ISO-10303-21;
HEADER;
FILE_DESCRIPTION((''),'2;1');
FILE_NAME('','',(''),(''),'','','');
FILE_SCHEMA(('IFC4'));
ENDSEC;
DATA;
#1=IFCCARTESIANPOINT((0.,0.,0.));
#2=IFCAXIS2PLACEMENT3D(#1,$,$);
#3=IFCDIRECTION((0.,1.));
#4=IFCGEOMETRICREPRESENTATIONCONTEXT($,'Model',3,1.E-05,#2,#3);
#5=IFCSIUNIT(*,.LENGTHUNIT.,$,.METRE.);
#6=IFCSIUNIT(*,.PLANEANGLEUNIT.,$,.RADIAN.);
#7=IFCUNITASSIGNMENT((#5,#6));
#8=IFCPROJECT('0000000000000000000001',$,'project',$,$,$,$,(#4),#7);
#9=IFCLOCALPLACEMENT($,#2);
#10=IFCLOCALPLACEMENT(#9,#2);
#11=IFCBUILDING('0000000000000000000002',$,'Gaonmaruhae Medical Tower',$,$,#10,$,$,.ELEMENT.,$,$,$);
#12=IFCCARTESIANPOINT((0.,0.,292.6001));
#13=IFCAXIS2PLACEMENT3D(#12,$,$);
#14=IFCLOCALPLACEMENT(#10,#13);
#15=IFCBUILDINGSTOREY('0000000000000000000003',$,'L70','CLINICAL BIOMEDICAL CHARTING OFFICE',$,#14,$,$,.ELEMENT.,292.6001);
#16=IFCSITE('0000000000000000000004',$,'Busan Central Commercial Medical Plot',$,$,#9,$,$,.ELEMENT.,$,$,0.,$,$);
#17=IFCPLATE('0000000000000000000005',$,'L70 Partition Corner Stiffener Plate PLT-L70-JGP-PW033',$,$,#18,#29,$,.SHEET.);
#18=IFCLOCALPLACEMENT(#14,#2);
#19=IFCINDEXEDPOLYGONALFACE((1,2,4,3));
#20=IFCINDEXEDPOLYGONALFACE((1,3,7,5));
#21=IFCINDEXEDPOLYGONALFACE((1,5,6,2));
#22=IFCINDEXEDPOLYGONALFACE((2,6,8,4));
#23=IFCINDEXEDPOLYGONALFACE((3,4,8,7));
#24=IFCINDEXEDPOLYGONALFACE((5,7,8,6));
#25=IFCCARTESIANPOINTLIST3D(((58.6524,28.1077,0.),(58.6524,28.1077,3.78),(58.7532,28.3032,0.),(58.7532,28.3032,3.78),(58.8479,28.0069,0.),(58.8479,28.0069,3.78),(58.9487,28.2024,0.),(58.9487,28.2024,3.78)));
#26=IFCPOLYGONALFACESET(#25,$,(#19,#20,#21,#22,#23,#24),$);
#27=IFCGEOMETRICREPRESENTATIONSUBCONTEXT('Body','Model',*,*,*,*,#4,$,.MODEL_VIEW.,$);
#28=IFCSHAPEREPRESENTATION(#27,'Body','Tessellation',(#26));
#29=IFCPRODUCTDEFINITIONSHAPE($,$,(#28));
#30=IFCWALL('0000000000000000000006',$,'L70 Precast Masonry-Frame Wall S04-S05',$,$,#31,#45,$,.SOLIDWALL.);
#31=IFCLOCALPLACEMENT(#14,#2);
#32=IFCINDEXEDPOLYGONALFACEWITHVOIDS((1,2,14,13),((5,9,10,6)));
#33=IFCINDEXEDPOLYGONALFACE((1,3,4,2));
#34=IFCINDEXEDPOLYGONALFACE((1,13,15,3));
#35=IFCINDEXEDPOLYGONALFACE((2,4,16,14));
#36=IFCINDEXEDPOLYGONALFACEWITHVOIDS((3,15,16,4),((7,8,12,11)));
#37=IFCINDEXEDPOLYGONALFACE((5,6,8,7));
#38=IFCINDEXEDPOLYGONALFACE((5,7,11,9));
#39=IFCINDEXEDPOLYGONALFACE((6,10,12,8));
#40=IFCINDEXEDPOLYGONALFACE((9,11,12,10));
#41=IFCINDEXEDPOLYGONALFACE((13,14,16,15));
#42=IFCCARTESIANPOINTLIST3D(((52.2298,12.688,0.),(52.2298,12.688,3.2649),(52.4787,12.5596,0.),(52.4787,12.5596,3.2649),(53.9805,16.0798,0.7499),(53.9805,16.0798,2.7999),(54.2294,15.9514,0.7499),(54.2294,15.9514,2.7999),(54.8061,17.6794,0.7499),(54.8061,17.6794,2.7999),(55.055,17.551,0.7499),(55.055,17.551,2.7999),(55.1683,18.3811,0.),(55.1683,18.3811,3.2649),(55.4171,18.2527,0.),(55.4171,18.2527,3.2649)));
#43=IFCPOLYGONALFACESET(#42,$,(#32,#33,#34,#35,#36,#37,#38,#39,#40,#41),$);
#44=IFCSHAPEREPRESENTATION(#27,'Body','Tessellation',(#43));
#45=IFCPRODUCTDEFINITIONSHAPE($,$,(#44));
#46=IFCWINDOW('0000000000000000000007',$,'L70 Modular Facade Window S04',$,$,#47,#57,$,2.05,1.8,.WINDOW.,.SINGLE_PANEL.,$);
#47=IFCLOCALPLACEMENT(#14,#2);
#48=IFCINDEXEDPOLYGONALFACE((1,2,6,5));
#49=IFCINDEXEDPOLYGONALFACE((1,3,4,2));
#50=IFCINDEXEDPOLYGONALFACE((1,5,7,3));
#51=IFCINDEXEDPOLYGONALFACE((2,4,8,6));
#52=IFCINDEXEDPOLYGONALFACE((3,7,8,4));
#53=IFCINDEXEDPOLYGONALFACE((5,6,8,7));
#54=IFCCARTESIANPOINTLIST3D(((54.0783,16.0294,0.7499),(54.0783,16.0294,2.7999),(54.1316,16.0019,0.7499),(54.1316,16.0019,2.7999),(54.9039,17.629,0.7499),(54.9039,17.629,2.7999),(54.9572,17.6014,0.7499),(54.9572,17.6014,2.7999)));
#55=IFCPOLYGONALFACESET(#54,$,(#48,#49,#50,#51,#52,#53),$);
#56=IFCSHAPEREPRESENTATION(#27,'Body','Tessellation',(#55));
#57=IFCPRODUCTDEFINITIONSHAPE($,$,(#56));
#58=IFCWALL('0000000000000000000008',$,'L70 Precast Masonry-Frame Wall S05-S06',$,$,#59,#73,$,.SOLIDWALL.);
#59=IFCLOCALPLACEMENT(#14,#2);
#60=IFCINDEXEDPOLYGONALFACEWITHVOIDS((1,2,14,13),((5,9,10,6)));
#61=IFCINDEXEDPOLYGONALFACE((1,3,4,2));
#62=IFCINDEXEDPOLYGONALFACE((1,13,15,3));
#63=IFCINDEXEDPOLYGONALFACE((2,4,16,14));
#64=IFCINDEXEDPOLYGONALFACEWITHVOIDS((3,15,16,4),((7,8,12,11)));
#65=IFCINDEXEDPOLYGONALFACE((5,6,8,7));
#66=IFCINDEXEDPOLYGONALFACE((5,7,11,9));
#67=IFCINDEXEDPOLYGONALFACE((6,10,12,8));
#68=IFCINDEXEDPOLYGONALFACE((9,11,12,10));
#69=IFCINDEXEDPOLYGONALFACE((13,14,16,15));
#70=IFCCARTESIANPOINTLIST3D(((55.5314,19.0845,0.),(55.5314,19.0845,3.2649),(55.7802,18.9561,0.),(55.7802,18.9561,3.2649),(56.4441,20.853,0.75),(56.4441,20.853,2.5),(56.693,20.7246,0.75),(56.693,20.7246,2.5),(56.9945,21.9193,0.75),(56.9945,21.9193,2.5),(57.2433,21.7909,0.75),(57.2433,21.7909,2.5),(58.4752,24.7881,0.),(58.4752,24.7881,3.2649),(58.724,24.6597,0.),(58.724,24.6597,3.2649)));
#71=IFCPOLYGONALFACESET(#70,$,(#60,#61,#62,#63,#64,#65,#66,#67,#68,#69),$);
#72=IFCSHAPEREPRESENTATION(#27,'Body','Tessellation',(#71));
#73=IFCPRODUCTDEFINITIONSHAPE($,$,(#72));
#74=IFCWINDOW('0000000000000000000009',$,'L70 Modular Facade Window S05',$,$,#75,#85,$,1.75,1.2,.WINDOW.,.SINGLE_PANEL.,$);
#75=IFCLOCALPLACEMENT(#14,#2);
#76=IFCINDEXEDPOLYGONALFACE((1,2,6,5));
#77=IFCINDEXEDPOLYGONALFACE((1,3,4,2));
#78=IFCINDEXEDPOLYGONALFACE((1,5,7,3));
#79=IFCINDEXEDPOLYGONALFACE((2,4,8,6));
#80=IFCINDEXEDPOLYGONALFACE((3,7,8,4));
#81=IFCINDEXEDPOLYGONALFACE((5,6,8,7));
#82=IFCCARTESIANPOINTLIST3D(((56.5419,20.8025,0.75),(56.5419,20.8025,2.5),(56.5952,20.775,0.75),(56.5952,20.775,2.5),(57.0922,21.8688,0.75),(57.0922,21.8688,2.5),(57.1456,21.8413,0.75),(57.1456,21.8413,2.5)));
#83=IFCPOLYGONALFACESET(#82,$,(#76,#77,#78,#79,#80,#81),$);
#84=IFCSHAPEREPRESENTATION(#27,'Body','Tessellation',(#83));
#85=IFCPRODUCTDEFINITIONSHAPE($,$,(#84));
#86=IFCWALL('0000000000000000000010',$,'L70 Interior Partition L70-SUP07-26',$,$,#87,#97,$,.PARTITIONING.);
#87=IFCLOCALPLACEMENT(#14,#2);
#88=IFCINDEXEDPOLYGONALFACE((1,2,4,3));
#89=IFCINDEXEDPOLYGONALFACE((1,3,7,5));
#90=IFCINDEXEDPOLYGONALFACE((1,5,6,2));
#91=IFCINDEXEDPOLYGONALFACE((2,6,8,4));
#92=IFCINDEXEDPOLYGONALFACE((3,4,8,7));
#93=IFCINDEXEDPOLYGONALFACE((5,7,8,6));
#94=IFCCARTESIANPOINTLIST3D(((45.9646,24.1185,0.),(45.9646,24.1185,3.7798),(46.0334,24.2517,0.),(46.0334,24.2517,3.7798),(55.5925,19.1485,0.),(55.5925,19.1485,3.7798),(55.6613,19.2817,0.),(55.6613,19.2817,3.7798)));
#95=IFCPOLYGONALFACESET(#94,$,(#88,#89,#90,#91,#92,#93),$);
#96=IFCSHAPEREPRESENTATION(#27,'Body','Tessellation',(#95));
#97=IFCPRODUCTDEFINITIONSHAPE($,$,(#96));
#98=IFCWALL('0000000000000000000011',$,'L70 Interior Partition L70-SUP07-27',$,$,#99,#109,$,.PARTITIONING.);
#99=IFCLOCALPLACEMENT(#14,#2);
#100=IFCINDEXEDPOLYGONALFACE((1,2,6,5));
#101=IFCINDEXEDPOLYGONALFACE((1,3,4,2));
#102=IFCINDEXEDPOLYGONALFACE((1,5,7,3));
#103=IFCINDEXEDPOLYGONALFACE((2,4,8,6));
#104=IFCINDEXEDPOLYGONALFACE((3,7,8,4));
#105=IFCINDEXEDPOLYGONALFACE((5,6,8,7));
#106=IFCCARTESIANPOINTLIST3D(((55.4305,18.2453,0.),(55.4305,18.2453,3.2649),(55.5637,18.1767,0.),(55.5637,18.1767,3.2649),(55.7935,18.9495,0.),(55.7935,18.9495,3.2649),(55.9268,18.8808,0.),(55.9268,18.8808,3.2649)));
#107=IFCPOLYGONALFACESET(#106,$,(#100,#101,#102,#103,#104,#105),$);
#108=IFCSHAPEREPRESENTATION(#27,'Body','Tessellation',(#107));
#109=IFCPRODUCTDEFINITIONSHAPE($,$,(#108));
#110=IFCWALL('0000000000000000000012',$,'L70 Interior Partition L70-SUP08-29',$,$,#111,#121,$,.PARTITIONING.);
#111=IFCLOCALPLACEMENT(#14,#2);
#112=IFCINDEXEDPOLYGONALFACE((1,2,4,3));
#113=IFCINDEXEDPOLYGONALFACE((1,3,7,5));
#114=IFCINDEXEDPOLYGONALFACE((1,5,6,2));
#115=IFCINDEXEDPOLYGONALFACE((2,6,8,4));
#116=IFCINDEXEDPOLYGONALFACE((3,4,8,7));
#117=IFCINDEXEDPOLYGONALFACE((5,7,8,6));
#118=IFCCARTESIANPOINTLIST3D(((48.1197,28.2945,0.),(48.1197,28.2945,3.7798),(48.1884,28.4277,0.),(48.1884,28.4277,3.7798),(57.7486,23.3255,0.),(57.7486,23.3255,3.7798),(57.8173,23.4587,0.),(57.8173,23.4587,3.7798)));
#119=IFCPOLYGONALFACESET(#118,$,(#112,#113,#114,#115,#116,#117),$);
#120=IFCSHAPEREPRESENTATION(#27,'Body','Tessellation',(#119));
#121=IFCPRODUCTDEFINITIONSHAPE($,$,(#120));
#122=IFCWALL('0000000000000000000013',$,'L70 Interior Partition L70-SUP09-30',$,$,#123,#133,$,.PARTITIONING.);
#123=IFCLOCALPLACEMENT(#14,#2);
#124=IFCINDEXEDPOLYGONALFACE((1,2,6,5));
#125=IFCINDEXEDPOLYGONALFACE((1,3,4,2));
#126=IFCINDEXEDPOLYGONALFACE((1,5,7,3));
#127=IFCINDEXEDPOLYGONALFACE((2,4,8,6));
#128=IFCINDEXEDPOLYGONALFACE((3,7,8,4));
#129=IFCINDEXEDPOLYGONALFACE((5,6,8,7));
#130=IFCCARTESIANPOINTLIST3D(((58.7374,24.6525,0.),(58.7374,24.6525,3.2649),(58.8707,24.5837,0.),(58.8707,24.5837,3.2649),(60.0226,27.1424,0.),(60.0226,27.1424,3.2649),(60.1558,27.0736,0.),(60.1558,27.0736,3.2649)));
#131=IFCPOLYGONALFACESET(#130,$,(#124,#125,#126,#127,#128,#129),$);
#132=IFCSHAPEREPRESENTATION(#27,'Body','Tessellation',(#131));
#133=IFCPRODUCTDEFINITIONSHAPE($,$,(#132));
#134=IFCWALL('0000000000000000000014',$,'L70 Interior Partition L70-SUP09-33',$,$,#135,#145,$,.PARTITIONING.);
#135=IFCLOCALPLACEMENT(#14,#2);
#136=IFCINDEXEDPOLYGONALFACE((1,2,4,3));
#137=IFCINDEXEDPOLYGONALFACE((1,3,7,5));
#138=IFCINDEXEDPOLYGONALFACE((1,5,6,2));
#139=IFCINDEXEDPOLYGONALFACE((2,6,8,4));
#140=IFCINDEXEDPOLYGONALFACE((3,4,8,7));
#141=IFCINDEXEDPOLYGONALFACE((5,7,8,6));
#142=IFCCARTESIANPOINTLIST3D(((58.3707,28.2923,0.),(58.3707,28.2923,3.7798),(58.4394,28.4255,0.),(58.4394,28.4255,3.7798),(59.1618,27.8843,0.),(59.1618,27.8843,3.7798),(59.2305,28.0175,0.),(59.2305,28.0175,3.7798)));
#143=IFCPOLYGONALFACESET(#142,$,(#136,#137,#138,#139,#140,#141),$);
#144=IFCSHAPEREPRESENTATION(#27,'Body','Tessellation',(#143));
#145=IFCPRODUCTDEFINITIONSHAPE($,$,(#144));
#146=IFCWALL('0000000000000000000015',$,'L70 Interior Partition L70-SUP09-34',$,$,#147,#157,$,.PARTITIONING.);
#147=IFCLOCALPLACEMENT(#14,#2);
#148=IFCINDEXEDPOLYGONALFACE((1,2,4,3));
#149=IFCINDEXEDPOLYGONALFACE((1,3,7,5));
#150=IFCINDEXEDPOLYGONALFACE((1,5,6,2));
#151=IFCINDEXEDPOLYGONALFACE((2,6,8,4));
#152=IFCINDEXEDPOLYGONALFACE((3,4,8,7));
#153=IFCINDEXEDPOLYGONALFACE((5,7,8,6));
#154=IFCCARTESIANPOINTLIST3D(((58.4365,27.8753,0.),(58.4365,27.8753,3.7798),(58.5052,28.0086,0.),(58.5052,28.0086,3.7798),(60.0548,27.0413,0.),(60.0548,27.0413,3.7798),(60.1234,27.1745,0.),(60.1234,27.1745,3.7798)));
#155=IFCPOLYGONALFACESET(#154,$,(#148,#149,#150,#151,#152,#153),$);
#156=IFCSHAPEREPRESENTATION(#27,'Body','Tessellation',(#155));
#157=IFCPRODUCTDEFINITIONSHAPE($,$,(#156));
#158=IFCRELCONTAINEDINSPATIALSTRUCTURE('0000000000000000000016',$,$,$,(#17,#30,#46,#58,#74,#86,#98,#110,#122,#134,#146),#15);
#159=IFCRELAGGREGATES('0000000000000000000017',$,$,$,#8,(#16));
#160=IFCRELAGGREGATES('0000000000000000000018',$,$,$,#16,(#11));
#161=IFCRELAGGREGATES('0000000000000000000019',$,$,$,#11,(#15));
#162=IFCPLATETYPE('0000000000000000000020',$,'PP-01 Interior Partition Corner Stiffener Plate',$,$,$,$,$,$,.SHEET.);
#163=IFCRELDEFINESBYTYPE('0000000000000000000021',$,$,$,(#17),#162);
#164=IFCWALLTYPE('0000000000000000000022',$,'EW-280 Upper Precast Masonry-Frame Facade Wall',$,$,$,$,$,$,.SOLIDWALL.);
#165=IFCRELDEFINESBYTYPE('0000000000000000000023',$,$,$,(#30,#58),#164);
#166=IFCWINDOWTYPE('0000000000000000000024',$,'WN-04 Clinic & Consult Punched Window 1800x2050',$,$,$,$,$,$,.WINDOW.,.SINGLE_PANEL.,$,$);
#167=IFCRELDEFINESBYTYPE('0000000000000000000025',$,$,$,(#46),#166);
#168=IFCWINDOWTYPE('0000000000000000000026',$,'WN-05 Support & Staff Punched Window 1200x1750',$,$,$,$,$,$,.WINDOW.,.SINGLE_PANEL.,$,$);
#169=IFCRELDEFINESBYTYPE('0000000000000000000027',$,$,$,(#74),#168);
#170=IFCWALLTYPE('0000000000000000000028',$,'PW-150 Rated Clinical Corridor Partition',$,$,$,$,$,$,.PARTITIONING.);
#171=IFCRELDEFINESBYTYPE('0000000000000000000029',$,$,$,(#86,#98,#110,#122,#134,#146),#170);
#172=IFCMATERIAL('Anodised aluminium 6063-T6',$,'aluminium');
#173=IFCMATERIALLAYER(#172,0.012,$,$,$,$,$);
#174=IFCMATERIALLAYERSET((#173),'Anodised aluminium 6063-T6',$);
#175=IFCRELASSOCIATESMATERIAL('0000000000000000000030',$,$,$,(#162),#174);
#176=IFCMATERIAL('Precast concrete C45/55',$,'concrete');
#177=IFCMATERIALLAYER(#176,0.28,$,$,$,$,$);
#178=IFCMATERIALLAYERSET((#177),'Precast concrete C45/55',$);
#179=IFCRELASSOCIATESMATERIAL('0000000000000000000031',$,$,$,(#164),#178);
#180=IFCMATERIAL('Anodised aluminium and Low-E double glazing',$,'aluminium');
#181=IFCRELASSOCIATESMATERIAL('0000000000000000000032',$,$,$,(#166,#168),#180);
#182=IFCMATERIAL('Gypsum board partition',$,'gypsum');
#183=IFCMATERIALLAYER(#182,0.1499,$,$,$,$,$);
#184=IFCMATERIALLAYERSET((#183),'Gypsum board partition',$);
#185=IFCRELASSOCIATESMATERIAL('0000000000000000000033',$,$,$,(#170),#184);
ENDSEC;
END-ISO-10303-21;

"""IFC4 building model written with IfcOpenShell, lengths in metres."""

from ifc_helpers import new_model, si_unit, direction, frame, frame_2d, origin, origin_2d, place, context, subcontext, project, spatial, rectangle, extrude, material, layer, layer_set, type_object, element, fill, save


model = new_model("IFC4")

# Units and contexts
model_context = context("Model", 3, precision=1e-05, world=origin(), true_north=direction((0.0, 1.0)))
body_context = subcontext(model_context, "Body", "Model", "MODEL_VIEW")
ifc_project = project(units=[si_unit("LENGTHUNIT", "METRE"), si_unit("PLANEANGLEUNIT", "RADIAN")], contexts=[model_context])

# Site, building, storey
site_placement = place(None, origin())
site = spatial("IfcSite", under=ifc_project, at=site_placement, Name="Busan Central Commercial Medical Plot", CompositionType="ELEMENT", RefElevation=0.0)
building_placement = place(site_placement, origin())
building = spatial("IfcBuilding", under=site, at=building_placement, Name="Gaonmaruhae Medical Tower", CompositionType="ELEMENT")
storey_placement = place(building_placement, frame((0.0, 0.0, 292.6001)))
storey = spatial("IfcBuildingStorey", under=building, at=storey_placement, Name="L70", Description="CLINICAL BIOMEDICAL CHARTING OFFICE", CompositionType="ELEMENT", Elevation=292.6001)

# Plate
ifc_material_1 = material(Name="Anodised aluminium 6063-T6", Category="aluminium")
ifc_layer_1 = layer(ifc_material_1, 0.012)
ifc_layer_set_1 = layer_set([ifc_layer_1], Name="Anodised aluminium 6063-T6")
plate_type = type_object("IfcPlateType", Name="PP-01 Interior Partition Corner Stiffener Plate", PredefinedType="SHEET", material=ifc_layer_set_1)
plate_1_placement = place(storey_placement, frame((58.8005, 28.155, 0.0), z_axis=(0.0, 0.0, 1.0), x_axis=(0.888737, -0.458417, 0.0)))
element("IfcPlate", 1, at=plate_1_placement, inside=storey, type_object=plate_type, Name="L70 Partition Corner Stiffener Plate PLT-L70-JGP-PW033", PredefinedType="SHEET", context=body_context, shape_type="SweptSolid", body=[
    extrude(rectangle(XDim=0.22, YDim=0.22, at=origin_2d()), origin(), (0.0, 0.0, 1.0), 3.78),
])

# Walls, openings, windows
ifc_material_2 = material(Name="Precast concrete C45/55", Category="concrete")
ifc_layer_2 = layer(ifc_material_2, 0.28)
ifc_layer_set_2 = layer_set([ifc_layer_2], Name="Precast concrete C45/55")
wall_type_1 = type_object("IfcWallType", Name="EW-280 Upper Precast Masonry-Frame Facade Wall", PredefinedType="SOLIDWALL", material=ifc_layer_set_2)
wall_1_placement = place(storey_placement, frame((55.2927, 18.3169, 0.0), z_axis=(0.0, 0.0, 1.0), x_axis=(-0.458655, -0.888615, 0.0)))
wall_1 = element("IfcWall", 2, at=wall_1_placement, inside=storey, type_object=wall_type_1, Name="L70 Precast Masonry-Frame Wall S04-S05", PredefinedType="SOLIDWALL", context=body_context, shape_type="SweptSolid", body=[
    extrude(rectangle(XDim=6.4067, YDim=0.28, at=frame_2d((3.2034, 0.0))), origin(), (0.0, 0.0, 1.0), 3.2649),
])
opening_1_placement = place(wall_1_placement, frame((0.7898, 0.0, 0.75)))
opening_1 = element("IfcOpeningElement", 3, at=opening_1_placement, cuts=wall_1, PredefinedType="OPENING", context=body_context, shape_type="SweptSolid", body=[
    extrude(rectangle(XDim=1.8, YDim=2.05, at=frame_2d((0.8999, 1.0249))), frame((0.0, 0.1499, 0.0), z_axis=(0.0, -1.0, 0.0), x_axis=(1.0, 0.0, 0.0)), (0.0, 0.0, 1.0), 0.3),
])
ifc_material_3 = material(Name="Anodised aluminium and Low-E double glazing", Category="aluminium")
window_type_1 = type_object("IfcWindowType", Name="WN-04 Clinic & Consult Punched Window 1800x2050", PartitioningType="SINGLE_PANEL", PredefinedType="WINDOW", material=ifc_material_3)
window_1_placement = place(opening_1_placement, origin())
window_1 = element("IfcWindow", 4, at=window_1_placement, inside=storey, type_object=window_type_1, Name="L70 Modular Facade Window S04", OverallHeight=2.05, OverallWidth=1.8, PartitioningType="SINGLE_PANEL", PredefinedType="WINDOW", context=body_context, shape_type="SweptSolid", body=[
    extrude(rectangle(XDim=1.8, YDim=2.05, at=frame_2d((0.8999, 1.0249))), frame((0.0, 0.03, 0.0), z_axis=(0.0, -1.0, 0.0), x_axis=(1.0, 0.0, 0.0)), (0.0, 0.0, 1.0), 0.0601),
])
fill(opening_1, window_1)
wall_2_placement = place(storey_placement, frame((58.5996, 24.7239, 0.0), z_axis=(0.0, 0.0, 1.0), x_axis=(-0.458649, -0.888618, 0.0)))
wall_2 = element("IfcWall", 5, at=wall_2_placement, inside=storey, type_object=wall_type_1, Name="L70 Precast Masonry-Frame Wall S05-S06", PredefinedType="SOLIDWALL", context=body_context, shape_type="SweptSolid", body=[
    extrude(rectangle(XDim=6.4185, YDim=0.28, at=frame_2d((3.2092, 0.0))), origin(), (0.0, 0.0, 1.0), 3.2649),
])
opening_2_placement = place(wall_2_placement, frame((3.2283, 0.0, 0.75)))
opening_2 = element("IfcOpeningElement", 6, at=opening_2_placement, cuts=wall_2, PredefinedType="OPENING", context=body_context, shape_type="SweptSolid", body=[
    extrude(rectangle(XDim=1.2, YDim=1.75, at=frame_2d((0.6001, 0.875))), frame((0.0, 0.1499, 0.0), z_axis=(0.0, -1.0, 0.0), x_axis=(1.0, 0.0, 0.0)), (0.0, 0.0, 1.0), 0.3),
])
window_type_2 = type_object("IfcWindowType", Name="WN-05 Support & Staff Punched Window 1200x1750", PartitioningType="SINGLE_PANEL", PredefinedType="WINDOW", material=ifc_material_3)
window_2_placement = place(opening_2_placement, origin())
window_2 = element("IfcWindow", 7, at=window_2_placement, inside=storey, type_object=window_type_2, Name="L70 Modular Facade Window S05", OverallHeight=1.75, OverallWidth=1.2, PartitioningType="SINGLE_PANEL", PredefinedType="WINDOW", context=body_context, shape_type="SweptSolid", body=[
    extrude(rectangle(XDim=1.2, YDim=1.75, at=frame_2d((0.6001, 0.875))), frame((0.0, 0.03, 0.0), z_axis=(0.0, -1.0, 0.0), x_axis=(1.0, 0.0, 0.0)), (0.0, 0.0, 1.0), 0.0601),
])
fill(opening_2, window_2)

# Walls
ifc_material_4 = material(Name="Gypsum board partition", Category="gypsum")
ifc_layer_3 = layer(ifc_material_4, 0.1499)
ifc_layer_set_3 = layer_set([ifc_layer_3], Name="Gypsum board partition")
wall_type_2 = type_object("IfcWallType", Name="PW-150 Rated Clinical Corridor Partition", PredefinedType="PARTITIONING", material=ifc_layer_set_3)
wall_3_placement = place(storey_placement, frame((45.999, 24.1851, 0.0), z_axis=(0.0, 0.0, 1.0), x_axis=(0.888594, -0.458695, 0.0)))
element("IfcWall", 8, at=wall_3_placement, inside=storey, type_object=wall_type_2, Name="L70 Interior Partition L70-SUP07-26", PredefinedType="PARTITIONING", context=body_context, shape_type="SweptSolid", body=[
    extrude(rectangle(XDim=10.835, YDim=0.1499, at=frame_2d((5.4175, 0.0))), origin(), (0.0, 0.0, 1.0), 3.7798),
])
wall_4_placement = place(storey_placement, frame((55.8601, 18.915, 0.0), z_axis=(0.0, 0.0, 1.0), x_axis=(-0.458274, -0.888811, 0.0)))
element("IfcWall", 9, at=wall_4_placement, inside=storey, type_object=wall_type_2, Name="L70 Interior Partition L70-SUP07-27", PredefinedType="PARTITIONING", context=body_context, shape_type="SweptSolid", body=[
    extrude(rectangle(XDim=0.7922, YDim=0.1499, at=frame_2d((0.396, 0.0))), origin(), (0.0, 0.0, 1.0), 3.2649),
])

# Walls
wall_5_placement = place(storey_placement, frame((48.1541, 28.3611, 0.0), z_axis=(0.0, 0.0, 1.0), x_axis=(0.888649, -0.458587, 0.0)))
element("IfcWall", 10, at=wall_5_placement, inside=storey, type_object=wall_type_2, Name="L70 Interior Partition L70-SUP08-29", PredefinedType="PARTITIONING", context=body_context, shape_type="SweptSolid", body=[
    extrude(rectangle(XDim=10.8354, YDim=0.1499, at=frame_2d((5.4177, 0.0))), origin(), (0.0, 0.0, 1.0), 3.7798),
])
wall_6_placement = place(storey_placement, frame((60.0891, 27.1079, 0.0), z_axis=(0.0, 0.0, 1.0), x_axis=(-0.458643, -0.888621, 0.0)))
element("IfcWall", 11, at=wall_6_placement, inside=storey, type_object=wall_type_2, Name="L70 Interior Partition L70-SUP09-30", PredefinedType="PARTITIONING", context=body_context, shape_type="SweptSolid", body=[
    extrude(rectangle(XDim=2.802, YDim=0.1499, at=frame_2d((1.4009, 0.0))), origin(), (0.0, 0.0, 1.0), 3.2649),
])

# Walls
wall_7_placement = place(storey_placement, frame((58.405, 28.3589, 0.0), z_axis=(0.0, 0.0, 1.0), x_axis=(0.888761, -0.45837, 0.0)))
element("IfcWall", 12, at=wall_7_placement, inside=storey, type_object=wall_type_2, Name="L70 Interior Partition L70-SUP09-33", PredefinedType="PARTITIONING", context=body_context, shape_type="SweptSolid", body=[
    extrude(rectangle(XDim=0.8901, YDim=0.1499, at=frame_2d((0.4451, 0.0))), origin(), (0.0, 0.0, 1.0), 3.7798),
])
wall_8_placement = place(storey_placement, frame((58.4709, 27.9419, 0.0), z_axis=(0.0, 0.0, 1.0), x_axis=(0.888889, -0.458124, 0.0)))
element("IfcWall", 13, at=wall_8_placement, inside=storey, type_object=wall_type_2, Name="L70 Interior Partition L70-SUP09-34", PredefinedType="PARTITIONING", context=body_context, shape_type="SweptSolid", body=[
    extrude(rectangle(XDim=1.8206, YDim=0.1499, at=frame_2d((0.9102, 0.0))), origin(), (0.0, 0.0, 1.0), 3.7798),
])

save(model, "model.ifc")
